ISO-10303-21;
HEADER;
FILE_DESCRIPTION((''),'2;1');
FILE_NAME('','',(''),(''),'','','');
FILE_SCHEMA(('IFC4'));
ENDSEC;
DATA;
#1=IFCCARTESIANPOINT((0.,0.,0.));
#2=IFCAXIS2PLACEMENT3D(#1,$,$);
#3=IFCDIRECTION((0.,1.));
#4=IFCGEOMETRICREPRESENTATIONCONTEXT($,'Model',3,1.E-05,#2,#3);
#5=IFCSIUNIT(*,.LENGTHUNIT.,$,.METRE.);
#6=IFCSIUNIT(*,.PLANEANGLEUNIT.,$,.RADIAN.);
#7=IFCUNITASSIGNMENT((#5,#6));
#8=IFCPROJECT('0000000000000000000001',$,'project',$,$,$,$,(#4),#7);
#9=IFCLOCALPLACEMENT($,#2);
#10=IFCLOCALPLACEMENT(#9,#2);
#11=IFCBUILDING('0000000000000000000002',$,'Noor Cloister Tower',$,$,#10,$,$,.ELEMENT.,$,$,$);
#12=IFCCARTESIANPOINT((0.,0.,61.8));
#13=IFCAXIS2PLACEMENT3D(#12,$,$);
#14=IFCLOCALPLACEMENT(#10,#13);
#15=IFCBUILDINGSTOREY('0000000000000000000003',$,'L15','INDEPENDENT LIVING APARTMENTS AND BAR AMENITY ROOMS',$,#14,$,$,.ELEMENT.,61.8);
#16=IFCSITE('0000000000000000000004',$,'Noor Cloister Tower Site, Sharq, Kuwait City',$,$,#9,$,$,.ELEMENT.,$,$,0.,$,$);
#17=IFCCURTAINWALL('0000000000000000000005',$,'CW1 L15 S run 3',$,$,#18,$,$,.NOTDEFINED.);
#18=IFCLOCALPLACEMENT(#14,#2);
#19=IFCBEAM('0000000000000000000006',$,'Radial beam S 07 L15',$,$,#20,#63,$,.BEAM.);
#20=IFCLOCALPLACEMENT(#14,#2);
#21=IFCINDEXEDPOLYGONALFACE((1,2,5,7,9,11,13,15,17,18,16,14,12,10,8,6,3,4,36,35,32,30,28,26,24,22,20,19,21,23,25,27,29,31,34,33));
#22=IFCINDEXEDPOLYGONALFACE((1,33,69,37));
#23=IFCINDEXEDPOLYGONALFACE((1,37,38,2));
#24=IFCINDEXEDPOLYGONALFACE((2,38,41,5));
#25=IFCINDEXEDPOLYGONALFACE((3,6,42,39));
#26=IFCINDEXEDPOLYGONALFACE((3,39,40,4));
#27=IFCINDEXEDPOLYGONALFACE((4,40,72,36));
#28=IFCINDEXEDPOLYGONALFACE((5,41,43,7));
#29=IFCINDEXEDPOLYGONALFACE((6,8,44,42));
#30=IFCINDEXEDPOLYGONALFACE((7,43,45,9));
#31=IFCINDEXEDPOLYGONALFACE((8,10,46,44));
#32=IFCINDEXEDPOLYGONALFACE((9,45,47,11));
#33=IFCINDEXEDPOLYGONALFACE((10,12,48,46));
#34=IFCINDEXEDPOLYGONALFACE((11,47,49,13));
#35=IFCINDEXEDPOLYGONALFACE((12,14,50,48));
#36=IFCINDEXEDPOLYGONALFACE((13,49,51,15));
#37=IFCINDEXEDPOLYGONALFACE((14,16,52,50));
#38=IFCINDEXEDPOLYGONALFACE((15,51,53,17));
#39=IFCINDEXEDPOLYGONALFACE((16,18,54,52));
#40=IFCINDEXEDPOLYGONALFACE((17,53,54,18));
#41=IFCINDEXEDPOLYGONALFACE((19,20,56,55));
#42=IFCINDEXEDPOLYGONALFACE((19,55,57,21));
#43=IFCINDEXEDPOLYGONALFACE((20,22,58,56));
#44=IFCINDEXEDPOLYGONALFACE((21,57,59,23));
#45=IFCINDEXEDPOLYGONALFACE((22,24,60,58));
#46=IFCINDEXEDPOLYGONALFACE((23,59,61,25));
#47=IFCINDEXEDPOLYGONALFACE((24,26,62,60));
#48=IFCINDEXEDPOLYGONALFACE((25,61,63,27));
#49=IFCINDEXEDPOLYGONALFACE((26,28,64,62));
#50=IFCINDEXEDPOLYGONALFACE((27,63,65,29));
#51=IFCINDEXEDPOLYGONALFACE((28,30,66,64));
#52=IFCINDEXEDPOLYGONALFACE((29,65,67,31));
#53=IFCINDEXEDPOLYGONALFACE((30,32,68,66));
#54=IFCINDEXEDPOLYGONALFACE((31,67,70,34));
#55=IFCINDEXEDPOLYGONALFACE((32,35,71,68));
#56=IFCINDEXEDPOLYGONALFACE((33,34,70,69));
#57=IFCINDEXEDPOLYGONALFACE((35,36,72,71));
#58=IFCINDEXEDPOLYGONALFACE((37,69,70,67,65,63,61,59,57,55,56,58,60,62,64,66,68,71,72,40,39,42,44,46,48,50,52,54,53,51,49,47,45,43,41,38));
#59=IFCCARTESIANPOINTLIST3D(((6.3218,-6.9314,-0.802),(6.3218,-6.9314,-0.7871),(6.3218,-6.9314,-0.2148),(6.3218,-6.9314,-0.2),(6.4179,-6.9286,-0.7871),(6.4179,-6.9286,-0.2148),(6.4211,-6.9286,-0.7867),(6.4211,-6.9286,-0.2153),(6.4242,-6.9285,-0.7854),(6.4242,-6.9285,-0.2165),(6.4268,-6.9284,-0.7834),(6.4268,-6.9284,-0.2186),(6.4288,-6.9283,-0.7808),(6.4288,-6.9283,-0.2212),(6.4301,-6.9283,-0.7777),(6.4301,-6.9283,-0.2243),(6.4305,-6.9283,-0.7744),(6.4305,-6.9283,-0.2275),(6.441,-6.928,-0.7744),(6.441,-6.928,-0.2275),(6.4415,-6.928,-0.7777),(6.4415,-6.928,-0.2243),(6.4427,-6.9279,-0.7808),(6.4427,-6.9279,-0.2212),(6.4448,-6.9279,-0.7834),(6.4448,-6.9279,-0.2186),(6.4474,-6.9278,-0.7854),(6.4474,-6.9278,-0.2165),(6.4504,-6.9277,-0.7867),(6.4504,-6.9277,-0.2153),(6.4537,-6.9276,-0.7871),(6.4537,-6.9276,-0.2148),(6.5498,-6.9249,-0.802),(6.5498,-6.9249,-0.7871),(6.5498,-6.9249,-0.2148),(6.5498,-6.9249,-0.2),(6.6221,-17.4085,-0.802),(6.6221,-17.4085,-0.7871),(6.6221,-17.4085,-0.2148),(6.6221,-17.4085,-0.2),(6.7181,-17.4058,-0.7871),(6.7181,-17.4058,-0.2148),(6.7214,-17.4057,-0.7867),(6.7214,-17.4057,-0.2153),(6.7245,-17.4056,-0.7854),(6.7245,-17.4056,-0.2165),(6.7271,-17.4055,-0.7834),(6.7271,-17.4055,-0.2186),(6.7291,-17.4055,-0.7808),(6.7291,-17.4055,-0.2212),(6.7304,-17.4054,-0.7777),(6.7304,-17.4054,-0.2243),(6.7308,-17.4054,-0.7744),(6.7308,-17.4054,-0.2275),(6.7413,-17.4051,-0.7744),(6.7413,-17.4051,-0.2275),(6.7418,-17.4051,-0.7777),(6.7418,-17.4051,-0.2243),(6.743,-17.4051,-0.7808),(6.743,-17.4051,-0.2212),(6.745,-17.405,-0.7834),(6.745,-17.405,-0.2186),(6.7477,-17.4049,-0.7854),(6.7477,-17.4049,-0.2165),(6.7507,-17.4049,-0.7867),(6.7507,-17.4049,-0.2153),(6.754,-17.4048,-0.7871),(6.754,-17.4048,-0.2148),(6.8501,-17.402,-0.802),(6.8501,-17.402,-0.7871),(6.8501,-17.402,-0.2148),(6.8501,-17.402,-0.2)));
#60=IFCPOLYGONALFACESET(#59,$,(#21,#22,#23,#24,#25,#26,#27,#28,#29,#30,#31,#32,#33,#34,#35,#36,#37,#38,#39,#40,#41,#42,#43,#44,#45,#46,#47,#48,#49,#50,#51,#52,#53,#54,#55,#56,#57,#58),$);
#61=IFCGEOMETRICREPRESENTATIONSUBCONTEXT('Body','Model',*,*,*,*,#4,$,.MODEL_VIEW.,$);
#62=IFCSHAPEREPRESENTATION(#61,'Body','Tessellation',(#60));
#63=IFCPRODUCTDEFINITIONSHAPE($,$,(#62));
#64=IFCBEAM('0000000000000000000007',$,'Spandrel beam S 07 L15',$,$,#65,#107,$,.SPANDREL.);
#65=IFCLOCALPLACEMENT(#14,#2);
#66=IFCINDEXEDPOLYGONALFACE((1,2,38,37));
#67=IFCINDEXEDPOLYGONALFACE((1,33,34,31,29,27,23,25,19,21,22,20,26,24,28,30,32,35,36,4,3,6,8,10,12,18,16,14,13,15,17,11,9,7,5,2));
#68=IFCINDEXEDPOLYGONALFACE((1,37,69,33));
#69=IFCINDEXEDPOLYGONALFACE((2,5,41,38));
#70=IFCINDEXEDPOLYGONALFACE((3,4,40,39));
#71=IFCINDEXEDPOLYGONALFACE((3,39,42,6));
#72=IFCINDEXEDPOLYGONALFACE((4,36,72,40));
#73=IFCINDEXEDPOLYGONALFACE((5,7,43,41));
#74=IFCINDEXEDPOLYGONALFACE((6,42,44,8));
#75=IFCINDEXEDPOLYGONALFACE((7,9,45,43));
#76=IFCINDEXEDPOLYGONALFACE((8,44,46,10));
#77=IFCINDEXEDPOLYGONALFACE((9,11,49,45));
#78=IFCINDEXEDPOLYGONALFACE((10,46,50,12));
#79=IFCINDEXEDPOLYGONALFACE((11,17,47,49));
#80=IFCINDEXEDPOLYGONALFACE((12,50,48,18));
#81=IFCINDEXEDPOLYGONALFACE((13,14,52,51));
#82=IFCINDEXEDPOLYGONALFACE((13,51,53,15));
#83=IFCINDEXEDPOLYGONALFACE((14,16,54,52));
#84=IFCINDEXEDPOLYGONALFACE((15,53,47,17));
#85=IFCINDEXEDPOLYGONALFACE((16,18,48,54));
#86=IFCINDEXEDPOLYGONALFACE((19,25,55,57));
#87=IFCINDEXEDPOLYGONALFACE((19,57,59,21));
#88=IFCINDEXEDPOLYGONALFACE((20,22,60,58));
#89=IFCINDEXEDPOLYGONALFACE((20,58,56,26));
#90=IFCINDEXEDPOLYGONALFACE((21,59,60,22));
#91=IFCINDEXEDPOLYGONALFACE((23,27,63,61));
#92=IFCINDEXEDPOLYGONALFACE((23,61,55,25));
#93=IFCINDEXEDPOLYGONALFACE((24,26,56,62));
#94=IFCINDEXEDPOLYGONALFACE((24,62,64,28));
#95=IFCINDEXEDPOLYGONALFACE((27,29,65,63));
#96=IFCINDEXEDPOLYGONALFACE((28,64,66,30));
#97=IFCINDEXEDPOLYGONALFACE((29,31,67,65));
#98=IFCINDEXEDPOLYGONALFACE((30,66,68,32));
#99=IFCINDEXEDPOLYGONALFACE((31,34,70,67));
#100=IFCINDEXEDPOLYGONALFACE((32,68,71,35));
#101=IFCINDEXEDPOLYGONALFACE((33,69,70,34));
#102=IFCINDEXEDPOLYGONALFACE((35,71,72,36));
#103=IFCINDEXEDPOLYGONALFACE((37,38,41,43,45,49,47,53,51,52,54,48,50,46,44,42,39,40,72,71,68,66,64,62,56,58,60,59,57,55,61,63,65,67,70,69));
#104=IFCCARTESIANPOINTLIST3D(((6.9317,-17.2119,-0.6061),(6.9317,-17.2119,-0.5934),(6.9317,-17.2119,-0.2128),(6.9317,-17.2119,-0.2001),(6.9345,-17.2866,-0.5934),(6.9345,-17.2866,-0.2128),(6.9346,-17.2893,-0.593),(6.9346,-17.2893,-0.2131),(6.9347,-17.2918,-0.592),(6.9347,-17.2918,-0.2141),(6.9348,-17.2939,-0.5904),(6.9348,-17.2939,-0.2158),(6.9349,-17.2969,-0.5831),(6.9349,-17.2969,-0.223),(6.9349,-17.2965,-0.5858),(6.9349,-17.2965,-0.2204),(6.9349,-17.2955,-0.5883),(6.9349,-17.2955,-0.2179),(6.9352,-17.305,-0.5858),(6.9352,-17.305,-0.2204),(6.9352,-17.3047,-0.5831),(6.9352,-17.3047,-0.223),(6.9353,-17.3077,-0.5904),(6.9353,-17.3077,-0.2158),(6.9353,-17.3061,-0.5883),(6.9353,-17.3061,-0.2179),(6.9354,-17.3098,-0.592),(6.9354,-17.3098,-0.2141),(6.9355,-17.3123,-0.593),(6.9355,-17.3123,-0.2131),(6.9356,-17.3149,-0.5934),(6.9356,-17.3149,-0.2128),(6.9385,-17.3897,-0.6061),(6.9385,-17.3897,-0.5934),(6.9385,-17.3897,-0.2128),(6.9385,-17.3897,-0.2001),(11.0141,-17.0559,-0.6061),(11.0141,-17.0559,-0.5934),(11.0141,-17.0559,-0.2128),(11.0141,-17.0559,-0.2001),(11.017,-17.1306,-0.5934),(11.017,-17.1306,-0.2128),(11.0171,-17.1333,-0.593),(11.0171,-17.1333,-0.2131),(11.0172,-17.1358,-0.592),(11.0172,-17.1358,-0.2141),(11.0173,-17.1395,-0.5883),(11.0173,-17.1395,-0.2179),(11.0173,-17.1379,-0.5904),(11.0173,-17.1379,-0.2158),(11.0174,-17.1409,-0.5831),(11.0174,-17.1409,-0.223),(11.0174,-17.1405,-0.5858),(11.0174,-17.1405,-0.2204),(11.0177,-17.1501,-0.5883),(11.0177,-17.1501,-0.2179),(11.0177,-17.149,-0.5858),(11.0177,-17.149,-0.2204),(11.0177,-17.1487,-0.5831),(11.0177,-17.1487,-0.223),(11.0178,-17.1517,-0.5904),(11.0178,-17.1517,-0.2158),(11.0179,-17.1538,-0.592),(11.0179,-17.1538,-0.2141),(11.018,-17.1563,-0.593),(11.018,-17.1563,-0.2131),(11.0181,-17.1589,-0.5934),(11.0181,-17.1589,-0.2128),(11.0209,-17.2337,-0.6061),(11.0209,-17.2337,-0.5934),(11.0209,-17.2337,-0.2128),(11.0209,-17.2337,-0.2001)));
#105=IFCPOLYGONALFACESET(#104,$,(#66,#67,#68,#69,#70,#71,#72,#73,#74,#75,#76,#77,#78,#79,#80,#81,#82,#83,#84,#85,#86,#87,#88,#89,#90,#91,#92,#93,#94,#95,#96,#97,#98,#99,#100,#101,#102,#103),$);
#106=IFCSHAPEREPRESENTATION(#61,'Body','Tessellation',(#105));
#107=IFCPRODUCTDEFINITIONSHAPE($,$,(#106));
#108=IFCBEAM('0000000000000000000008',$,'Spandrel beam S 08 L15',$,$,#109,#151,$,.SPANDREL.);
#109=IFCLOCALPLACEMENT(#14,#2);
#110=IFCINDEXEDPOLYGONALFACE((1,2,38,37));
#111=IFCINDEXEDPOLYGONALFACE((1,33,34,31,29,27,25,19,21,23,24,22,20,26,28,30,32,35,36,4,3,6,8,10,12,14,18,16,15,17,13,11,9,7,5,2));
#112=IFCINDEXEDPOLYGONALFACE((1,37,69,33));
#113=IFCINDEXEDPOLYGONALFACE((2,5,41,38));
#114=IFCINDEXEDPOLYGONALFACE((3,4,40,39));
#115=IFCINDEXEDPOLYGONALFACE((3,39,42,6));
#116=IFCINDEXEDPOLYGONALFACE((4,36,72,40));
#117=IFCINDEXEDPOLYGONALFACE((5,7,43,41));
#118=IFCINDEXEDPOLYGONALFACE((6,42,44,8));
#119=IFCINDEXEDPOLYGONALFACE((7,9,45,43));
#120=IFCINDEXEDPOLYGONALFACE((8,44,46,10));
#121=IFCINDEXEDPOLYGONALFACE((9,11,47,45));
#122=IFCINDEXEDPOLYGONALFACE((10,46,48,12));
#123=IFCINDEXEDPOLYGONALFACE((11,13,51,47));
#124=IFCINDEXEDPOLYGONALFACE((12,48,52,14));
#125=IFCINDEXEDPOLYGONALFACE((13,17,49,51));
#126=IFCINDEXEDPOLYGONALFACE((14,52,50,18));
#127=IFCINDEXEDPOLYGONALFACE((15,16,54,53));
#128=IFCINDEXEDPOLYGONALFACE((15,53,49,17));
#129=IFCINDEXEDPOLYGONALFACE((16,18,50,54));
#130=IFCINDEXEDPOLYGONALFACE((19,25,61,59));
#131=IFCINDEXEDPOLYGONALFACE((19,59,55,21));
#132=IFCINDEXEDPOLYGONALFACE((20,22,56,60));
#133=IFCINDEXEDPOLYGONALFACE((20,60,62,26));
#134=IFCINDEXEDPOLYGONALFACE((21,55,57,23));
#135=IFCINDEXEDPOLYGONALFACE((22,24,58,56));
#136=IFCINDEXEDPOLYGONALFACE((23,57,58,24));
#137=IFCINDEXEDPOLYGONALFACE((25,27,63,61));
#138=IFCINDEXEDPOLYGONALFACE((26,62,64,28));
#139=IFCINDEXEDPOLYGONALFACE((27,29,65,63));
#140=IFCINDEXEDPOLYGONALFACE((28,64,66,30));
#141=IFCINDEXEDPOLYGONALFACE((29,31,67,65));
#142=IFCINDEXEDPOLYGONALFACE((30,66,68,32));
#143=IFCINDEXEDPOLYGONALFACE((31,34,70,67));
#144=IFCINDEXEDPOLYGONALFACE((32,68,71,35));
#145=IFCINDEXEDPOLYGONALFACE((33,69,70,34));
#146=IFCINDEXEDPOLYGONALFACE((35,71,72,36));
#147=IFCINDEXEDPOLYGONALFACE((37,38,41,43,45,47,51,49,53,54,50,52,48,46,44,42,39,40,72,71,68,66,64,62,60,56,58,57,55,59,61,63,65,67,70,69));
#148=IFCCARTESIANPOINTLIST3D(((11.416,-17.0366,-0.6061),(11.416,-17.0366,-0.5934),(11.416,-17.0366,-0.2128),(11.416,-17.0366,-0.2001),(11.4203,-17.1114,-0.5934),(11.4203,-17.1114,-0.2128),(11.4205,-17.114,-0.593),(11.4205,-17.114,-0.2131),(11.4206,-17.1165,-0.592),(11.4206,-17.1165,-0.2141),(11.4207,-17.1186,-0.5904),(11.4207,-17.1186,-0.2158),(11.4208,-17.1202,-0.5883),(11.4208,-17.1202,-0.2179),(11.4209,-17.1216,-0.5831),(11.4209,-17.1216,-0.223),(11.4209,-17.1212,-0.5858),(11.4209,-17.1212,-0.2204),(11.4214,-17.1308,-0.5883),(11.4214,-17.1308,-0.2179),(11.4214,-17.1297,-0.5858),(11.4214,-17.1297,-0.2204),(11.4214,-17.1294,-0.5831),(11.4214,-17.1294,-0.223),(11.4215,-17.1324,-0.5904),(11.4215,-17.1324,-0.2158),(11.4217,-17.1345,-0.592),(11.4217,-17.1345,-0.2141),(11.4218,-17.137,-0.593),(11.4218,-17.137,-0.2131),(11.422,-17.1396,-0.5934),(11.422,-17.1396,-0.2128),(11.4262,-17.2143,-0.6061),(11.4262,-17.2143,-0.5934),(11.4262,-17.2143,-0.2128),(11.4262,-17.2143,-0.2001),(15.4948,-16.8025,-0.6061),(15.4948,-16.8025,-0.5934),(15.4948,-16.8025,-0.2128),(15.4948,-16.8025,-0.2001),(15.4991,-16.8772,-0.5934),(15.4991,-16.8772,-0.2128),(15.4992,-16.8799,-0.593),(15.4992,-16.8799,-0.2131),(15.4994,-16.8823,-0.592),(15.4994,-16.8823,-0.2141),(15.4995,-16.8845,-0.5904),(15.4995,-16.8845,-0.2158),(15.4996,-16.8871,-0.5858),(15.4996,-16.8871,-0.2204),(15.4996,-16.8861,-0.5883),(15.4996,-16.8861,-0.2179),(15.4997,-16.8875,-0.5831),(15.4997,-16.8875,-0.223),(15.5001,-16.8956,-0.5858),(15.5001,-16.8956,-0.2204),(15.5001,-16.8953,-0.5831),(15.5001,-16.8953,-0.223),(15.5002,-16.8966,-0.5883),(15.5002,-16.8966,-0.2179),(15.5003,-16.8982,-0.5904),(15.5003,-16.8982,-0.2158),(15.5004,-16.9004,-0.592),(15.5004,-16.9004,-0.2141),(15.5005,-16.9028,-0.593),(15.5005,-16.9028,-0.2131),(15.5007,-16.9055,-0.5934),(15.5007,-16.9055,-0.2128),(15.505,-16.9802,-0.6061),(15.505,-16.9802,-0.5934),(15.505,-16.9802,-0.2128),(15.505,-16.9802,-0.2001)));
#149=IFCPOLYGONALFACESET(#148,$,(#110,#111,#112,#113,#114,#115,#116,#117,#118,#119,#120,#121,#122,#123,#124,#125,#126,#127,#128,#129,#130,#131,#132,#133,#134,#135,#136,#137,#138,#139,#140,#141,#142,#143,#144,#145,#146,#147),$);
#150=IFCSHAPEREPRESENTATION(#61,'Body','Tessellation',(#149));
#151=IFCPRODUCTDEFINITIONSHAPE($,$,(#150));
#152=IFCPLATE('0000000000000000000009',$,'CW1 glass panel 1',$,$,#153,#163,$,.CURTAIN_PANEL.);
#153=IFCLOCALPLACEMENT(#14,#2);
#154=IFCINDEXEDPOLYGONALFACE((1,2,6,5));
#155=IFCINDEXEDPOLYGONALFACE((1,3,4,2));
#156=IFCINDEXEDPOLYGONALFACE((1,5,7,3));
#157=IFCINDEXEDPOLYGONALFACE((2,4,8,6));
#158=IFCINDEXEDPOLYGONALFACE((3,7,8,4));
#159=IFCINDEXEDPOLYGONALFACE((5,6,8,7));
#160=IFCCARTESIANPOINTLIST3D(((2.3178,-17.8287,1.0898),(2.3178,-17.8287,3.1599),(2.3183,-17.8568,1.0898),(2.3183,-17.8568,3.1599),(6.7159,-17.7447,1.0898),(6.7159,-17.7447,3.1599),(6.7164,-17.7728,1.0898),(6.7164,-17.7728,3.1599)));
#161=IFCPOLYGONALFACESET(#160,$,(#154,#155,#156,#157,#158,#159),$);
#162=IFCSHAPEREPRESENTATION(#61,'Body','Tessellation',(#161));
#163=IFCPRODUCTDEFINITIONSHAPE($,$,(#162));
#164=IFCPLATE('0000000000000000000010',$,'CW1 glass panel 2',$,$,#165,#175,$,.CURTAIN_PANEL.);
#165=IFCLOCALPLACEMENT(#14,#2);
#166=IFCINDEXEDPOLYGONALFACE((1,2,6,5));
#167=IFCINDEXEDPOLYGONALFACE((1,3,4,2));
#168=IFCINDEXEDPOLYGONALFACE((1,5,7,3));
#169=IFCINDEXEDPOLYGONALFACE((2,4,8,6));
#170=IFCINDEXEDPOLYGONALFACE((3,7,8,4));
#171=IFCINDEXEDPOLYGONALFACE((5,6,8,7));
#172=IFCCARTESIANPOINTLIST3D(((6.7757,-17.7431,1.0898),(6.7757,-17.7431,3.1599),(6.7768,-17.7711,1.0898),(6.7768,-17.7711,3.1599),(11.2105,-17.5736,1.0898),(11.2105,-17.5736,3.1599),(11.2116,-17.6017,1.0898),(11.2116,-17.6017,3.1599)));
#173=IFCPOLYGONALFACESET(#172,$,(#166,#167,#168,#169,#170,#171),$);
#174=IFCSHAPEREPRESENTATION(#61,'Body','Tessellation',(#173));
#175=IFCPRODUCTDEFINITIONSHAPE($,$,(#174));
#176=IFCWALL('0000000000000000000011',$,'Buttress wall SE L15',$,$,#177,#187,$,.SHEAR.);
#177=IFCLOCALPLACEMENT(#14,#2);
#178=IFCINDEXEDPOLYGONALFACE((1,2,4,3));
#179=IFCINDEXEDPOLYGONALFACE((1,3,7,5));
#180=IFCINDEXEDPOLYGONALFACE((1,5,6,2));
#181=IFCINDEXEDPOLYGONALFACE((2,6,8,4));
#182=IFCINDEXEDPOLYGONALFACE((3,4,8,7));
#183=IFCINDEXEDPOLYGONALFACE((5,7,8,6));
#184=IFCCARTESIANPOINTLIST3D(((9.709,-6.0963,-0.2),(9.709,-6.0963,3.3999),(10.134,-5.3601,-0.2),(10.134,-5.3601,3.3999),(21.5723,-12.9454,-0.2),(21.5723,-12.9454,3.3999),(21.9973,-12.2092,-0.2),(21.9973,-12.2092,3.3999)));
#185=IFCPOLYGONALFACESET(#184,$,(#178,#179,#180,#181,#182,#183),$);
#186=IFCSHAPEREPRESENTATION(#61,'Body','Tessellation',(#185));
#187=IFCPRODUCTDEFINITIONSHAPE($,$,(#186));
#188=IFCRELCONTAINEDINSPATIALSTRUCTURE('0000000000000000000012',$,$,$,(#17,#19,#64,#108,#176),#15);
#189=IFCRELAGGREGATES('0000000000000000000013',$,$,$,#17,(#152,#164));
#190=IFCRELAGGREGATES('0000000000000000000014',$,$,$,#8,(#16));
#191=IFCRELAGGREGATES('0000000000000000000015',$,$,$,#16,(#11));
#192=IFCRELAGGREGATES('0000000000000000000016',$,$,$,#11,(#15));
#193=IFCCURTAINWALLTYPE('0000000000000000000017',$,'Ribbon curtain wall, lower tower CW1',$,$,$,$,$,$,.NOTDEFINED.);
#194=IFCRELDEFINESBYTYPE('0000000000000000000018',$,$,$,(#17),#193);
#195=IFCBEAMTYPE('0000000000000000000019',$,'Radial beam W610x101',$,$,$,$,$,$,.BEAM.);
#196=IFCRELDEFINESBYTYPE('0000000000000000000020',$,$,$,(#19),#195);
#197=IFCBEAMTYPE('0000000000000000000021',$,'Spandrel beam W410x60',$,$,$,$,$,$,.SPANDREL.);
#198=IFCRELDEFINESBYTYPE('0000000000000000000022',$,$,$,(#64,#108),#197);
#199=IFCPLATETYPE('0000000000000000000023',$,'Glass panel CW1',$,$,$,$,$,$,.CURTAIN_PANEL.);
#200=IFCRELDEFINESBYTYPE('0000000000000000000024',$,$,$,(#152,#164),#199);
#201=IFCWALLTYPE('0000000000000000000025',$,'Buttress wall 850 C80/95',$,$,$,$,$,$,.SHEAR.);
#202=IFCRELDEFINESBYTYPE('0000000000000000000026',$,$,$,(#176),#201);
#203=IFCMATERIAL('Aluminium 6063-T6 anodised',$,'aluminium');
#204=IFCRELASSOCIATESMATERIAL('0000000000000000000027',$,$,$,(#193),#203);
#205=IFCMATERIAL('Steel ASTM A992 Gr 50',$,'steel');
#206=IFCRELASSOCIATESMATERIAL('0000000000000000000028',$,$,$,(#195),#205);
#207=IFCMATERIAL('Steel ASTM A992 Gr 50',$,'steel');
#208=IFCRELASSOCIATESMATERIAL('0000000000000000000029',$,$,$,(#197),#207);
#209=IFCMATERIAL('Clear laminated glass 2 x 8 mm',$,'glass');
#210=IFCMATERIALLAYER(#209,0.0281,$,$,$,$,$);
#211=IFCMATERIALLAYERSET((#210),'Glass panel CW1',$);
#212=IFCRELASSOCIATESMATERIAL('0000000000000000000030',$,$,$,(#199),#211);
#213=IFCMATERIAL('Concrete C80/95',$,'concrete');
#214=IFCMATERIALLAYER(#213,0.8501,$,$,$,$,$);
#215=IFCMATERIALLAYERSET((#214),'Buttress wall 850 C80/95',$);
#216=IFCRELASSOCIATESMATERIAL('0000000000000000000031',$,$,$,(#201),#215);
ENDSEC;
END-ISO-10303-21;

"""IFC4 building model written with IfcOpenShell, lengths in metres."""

from ifc_helpers import new_model, si_unit, direction, frame, frame_2d, origin, origin_2d, place, context, subcontext, project, spatial, rectangle, i_section, extrude, material, layer, layer_set, material_profile, profile_set, type_object, element, aggregate, save


model = new_model("IFC4")

# Units and contexts
model_context = context("Model", 3, precision=1e-05, world=origin(), true_north=direction((0.0, 1.0)))
body_context = subcontext(model_context, "Body", "Model", "MODEL_VIEW")
ifc_project = project(units=[si_unit("LENGTHUNIT", "METRE"), si_unit("PLANEANGLEUNIT", "RADIAN")], contexts=[model_context])

# Site, building, storey
site_placement = place(None, origin())
site = spatial("IfcSite", under=ifc_project, at=site_placement, Name="Noor Cloister Tower Site, Sharq, Kuwait City", CompositionType="ELEMENT", RefElevation=0.0)
building_placement = place(site_placement, origin())
building = spatial("IfcBuilding", under=site, at=building_placement, Name="Noor Cloister Tower", CompositionType="ELEMENT")
storey_placement = place(building_placement, frame((0.0, 0.0, 61.8)))
storey = spatial("IfcBuildingStorey", under=building, at=storey_placement, Name="L15", Description="INDEPENDENT LIVING APARTMENTS AND BAR AMENITY ROOMS", CompositionType="ELEMENT", Elevation=61.8)

# Curtain wall
ifc_material_1 = material(Name="Aluminium 6063-T6 anodised", Category="aluminium")
curtain_wall_type = type_object("IfcCurtainWallType", Name="Ribbon curtain wall, lower tower CW1", PredefinedType="NOTDEFINED", material=ifc_material_1)
curtain_wall_placement = place(storey_placement, origin())
curtain_wall = element("IfcCurtainWall", 1, at=curtain_wall_placement, inside=storey, type_object=curtain_wall_type, Name="CW1 L15 S run 3", PredefinedType="NOTDEFINED")

# Beams
ifc_material_2 = material(Name="Steel ASTM A992 Gr 50", Category="steel")
ifc_material_profile_1 = material_profile(ifc_material_2, i_section(OverallWidth=0.228, OverallDepth=0.6021, WebThickness=0.0105, FlangeThickness=0.0149, FilletRadius=0.0127, at=origin_2d()), Name="W610x101")
ifc_profile_set_1 = profile_set([ifc_material_profile_1], Name="Steel ASTM A992 Gr 50")
beam_type_1 = type_object("IfcBeamType", Name="Radial beam W610x101", PredefinedType="BEAM", material=ifc_profile_set_1)
beam_1_placement = place(storey_placement, frame((6.7361, -17.4053, -0.501), z_axis=(-0.02865, 0.999589, 0.0), x_axis=(-0.999589, -0.02865, 0.0)))
element("IfcBeam", 2, at=beam_1_placement, inside=storey, type_object=beam_type_1, Name="Radial beam S 07 L15", PredefinedType="BEAM", context=body_context, shape_type="SweptSolid", body=[
    extrude(i_section(OverallWidth=0.228, OverallDepth=0.6021, WebThickness=0.0105, FlangeThickness=0.0149, FilletRadius=0.0127, at=origin_2d()), origin(), (0.0, 0.0, 1.0), 10.4814),
])
ifc_material_3 = material(Name="Steel ASTM A992 Gr 50", Category="steel")
ifc_material_profile_2 = material_profile(ifc_material_3, i_section(OverallWidth=0.178, OverallDepth=0.406, WebThickness=0.0078, FlangeThickness=0.0127, FilletRadius=0.0103, at=origin_2d()), Name="W410x60")
ifc_profile_set_2 = profile_set([ifc_material_profile_2], Name="Steel ASTM A992 Gr 50")
beam_type_2 = type_object("IfcBeamType", Name="Spandrel beam W410x60", PredefinedType="SPANDREL", material=ifc_profile_set_2)
for number, where, z_axis, x_axis, name in (
    (3, (6.9351, -17.3008, -0.4031), (0.999271, 0.038185, 0.0), (-0.038185, 0.999271, 0.0), "Spandrel beam S 07 L15"),
    (4, (11.4211, -17.1255, -0.4031), (0.998356, 0.05731, 0.0), (-0.05731, 0.998356, 0.0), "Spandrel beam S 08 L15"),
):
    element("IfcBeam", number, at=place(storey_placement, frame(where, z_axis=z_axis, x_axis=x_axis)), inside=storey, type_object=beam_type_2, Name=name, PredefinedType="SPANDREL", context=body_context, shape_type="SweptSolid", body=[
        extrude(i_section(OverallWidth=0.178, OverallDepth=0.406, WebThickness=0.0078, FlangeThickness=0.0127, FilletRadius=0.0103, at=origin_2d()), origin(), (0.0, 0.0, 1.0), 4.0854),
    ])

# Plates
ifc_material_4 = material(Name="Clear laminated glass 2 x 8 mm", Category="glass")
ifc_layer_1 = layer(ifc_material_4, 0.0281)
ifc_layer_set_1 = layer_set([ifc_layer_1], Name="Glass panel CW1")
plate_type = type_object("IfcPlateType", Name="Glass panel CW1", PredefinedType="CURTAIN_PANEL", material=ifc_layer_set_1)
plate_1_placement = place(storey_placement, frame((4.5171, -17.8008, 1.0898), z_axis=(0.0, 0.0, 1.0), x_axis=(0.999818, 0.019095, 0.0)))
plate_1 = element("IfcPlate", 5, at=plate_1_placement, type_object=plate_type, Name="CW1 glass panel 1", PredefinedType="CURTAIN_PANEL", context=body_context, shape_type="SweptSolid", body=[
    extrude(rectangle(XDim=4.3989, YDim=0.0281, at=origin_2d()), origin(), (0.0, 0.0, 1.0), 2.0701),
])
plate_2_placement = place(storey_placement, frame((8.9937, -17.6724, 1.0898), z_axis=(0.0, 0.0, 1.0), x_axis=(0.999271, 0.038183, 0.0)))
plate_2 = element("IfcPlate", 6, at=plate_2_placement, type_object=plate_type, Name="CW1 glass panel 2", PredefinedType="CURTAIN_PANEL", context=body_context, shape_type="SweptSolid", body=[
    extrude(rectangle(XDim=4.438, YDim=0.0281, at=origin_2d()), origin(), (0.0, 0.0, 1.0), 2.0701),
])
aggregate(curtain_wall, [plate_1, plate_2])

# Wall
ifc_material_5 = material(Name="Concrete C80/95", Category="concrete")
ifc_layer_2 = layer(ifc_material_5, 0.8501)
ifc_layer_set_2 = layer_set([ifc_layer_2], Name="Buttress wall 850 C80/95")
wall_type_1 = type_object("IfcWallType", Name="Buttress wall 850 C80/95", PredefinedType="SHEAR", material=ifc_layer_set_2)
wall_1_placement = place(storey_placement, frame((9.9216, -5.7283, -0.2), z_axis=(0.0, 0.0, 1.0), x_axis=(0.86603, -0.499992, 0.0)))
element("IfcWall", 7, at=wall_1_placement, inside=storey, type_object=wall_type_1, Name="Buttress wall SE L15", PredefinedType="SHEAR", context=body_context, shape_type="SweptSolid", body=[
    extrude(rectangle(XDim=13.6985, YDim=0.8501, at=frame_2d((6.8491, 0.0))), origin(), (0.0, 0.0, 1.0), 3.5999),
])

save(model, "model.ifc")
